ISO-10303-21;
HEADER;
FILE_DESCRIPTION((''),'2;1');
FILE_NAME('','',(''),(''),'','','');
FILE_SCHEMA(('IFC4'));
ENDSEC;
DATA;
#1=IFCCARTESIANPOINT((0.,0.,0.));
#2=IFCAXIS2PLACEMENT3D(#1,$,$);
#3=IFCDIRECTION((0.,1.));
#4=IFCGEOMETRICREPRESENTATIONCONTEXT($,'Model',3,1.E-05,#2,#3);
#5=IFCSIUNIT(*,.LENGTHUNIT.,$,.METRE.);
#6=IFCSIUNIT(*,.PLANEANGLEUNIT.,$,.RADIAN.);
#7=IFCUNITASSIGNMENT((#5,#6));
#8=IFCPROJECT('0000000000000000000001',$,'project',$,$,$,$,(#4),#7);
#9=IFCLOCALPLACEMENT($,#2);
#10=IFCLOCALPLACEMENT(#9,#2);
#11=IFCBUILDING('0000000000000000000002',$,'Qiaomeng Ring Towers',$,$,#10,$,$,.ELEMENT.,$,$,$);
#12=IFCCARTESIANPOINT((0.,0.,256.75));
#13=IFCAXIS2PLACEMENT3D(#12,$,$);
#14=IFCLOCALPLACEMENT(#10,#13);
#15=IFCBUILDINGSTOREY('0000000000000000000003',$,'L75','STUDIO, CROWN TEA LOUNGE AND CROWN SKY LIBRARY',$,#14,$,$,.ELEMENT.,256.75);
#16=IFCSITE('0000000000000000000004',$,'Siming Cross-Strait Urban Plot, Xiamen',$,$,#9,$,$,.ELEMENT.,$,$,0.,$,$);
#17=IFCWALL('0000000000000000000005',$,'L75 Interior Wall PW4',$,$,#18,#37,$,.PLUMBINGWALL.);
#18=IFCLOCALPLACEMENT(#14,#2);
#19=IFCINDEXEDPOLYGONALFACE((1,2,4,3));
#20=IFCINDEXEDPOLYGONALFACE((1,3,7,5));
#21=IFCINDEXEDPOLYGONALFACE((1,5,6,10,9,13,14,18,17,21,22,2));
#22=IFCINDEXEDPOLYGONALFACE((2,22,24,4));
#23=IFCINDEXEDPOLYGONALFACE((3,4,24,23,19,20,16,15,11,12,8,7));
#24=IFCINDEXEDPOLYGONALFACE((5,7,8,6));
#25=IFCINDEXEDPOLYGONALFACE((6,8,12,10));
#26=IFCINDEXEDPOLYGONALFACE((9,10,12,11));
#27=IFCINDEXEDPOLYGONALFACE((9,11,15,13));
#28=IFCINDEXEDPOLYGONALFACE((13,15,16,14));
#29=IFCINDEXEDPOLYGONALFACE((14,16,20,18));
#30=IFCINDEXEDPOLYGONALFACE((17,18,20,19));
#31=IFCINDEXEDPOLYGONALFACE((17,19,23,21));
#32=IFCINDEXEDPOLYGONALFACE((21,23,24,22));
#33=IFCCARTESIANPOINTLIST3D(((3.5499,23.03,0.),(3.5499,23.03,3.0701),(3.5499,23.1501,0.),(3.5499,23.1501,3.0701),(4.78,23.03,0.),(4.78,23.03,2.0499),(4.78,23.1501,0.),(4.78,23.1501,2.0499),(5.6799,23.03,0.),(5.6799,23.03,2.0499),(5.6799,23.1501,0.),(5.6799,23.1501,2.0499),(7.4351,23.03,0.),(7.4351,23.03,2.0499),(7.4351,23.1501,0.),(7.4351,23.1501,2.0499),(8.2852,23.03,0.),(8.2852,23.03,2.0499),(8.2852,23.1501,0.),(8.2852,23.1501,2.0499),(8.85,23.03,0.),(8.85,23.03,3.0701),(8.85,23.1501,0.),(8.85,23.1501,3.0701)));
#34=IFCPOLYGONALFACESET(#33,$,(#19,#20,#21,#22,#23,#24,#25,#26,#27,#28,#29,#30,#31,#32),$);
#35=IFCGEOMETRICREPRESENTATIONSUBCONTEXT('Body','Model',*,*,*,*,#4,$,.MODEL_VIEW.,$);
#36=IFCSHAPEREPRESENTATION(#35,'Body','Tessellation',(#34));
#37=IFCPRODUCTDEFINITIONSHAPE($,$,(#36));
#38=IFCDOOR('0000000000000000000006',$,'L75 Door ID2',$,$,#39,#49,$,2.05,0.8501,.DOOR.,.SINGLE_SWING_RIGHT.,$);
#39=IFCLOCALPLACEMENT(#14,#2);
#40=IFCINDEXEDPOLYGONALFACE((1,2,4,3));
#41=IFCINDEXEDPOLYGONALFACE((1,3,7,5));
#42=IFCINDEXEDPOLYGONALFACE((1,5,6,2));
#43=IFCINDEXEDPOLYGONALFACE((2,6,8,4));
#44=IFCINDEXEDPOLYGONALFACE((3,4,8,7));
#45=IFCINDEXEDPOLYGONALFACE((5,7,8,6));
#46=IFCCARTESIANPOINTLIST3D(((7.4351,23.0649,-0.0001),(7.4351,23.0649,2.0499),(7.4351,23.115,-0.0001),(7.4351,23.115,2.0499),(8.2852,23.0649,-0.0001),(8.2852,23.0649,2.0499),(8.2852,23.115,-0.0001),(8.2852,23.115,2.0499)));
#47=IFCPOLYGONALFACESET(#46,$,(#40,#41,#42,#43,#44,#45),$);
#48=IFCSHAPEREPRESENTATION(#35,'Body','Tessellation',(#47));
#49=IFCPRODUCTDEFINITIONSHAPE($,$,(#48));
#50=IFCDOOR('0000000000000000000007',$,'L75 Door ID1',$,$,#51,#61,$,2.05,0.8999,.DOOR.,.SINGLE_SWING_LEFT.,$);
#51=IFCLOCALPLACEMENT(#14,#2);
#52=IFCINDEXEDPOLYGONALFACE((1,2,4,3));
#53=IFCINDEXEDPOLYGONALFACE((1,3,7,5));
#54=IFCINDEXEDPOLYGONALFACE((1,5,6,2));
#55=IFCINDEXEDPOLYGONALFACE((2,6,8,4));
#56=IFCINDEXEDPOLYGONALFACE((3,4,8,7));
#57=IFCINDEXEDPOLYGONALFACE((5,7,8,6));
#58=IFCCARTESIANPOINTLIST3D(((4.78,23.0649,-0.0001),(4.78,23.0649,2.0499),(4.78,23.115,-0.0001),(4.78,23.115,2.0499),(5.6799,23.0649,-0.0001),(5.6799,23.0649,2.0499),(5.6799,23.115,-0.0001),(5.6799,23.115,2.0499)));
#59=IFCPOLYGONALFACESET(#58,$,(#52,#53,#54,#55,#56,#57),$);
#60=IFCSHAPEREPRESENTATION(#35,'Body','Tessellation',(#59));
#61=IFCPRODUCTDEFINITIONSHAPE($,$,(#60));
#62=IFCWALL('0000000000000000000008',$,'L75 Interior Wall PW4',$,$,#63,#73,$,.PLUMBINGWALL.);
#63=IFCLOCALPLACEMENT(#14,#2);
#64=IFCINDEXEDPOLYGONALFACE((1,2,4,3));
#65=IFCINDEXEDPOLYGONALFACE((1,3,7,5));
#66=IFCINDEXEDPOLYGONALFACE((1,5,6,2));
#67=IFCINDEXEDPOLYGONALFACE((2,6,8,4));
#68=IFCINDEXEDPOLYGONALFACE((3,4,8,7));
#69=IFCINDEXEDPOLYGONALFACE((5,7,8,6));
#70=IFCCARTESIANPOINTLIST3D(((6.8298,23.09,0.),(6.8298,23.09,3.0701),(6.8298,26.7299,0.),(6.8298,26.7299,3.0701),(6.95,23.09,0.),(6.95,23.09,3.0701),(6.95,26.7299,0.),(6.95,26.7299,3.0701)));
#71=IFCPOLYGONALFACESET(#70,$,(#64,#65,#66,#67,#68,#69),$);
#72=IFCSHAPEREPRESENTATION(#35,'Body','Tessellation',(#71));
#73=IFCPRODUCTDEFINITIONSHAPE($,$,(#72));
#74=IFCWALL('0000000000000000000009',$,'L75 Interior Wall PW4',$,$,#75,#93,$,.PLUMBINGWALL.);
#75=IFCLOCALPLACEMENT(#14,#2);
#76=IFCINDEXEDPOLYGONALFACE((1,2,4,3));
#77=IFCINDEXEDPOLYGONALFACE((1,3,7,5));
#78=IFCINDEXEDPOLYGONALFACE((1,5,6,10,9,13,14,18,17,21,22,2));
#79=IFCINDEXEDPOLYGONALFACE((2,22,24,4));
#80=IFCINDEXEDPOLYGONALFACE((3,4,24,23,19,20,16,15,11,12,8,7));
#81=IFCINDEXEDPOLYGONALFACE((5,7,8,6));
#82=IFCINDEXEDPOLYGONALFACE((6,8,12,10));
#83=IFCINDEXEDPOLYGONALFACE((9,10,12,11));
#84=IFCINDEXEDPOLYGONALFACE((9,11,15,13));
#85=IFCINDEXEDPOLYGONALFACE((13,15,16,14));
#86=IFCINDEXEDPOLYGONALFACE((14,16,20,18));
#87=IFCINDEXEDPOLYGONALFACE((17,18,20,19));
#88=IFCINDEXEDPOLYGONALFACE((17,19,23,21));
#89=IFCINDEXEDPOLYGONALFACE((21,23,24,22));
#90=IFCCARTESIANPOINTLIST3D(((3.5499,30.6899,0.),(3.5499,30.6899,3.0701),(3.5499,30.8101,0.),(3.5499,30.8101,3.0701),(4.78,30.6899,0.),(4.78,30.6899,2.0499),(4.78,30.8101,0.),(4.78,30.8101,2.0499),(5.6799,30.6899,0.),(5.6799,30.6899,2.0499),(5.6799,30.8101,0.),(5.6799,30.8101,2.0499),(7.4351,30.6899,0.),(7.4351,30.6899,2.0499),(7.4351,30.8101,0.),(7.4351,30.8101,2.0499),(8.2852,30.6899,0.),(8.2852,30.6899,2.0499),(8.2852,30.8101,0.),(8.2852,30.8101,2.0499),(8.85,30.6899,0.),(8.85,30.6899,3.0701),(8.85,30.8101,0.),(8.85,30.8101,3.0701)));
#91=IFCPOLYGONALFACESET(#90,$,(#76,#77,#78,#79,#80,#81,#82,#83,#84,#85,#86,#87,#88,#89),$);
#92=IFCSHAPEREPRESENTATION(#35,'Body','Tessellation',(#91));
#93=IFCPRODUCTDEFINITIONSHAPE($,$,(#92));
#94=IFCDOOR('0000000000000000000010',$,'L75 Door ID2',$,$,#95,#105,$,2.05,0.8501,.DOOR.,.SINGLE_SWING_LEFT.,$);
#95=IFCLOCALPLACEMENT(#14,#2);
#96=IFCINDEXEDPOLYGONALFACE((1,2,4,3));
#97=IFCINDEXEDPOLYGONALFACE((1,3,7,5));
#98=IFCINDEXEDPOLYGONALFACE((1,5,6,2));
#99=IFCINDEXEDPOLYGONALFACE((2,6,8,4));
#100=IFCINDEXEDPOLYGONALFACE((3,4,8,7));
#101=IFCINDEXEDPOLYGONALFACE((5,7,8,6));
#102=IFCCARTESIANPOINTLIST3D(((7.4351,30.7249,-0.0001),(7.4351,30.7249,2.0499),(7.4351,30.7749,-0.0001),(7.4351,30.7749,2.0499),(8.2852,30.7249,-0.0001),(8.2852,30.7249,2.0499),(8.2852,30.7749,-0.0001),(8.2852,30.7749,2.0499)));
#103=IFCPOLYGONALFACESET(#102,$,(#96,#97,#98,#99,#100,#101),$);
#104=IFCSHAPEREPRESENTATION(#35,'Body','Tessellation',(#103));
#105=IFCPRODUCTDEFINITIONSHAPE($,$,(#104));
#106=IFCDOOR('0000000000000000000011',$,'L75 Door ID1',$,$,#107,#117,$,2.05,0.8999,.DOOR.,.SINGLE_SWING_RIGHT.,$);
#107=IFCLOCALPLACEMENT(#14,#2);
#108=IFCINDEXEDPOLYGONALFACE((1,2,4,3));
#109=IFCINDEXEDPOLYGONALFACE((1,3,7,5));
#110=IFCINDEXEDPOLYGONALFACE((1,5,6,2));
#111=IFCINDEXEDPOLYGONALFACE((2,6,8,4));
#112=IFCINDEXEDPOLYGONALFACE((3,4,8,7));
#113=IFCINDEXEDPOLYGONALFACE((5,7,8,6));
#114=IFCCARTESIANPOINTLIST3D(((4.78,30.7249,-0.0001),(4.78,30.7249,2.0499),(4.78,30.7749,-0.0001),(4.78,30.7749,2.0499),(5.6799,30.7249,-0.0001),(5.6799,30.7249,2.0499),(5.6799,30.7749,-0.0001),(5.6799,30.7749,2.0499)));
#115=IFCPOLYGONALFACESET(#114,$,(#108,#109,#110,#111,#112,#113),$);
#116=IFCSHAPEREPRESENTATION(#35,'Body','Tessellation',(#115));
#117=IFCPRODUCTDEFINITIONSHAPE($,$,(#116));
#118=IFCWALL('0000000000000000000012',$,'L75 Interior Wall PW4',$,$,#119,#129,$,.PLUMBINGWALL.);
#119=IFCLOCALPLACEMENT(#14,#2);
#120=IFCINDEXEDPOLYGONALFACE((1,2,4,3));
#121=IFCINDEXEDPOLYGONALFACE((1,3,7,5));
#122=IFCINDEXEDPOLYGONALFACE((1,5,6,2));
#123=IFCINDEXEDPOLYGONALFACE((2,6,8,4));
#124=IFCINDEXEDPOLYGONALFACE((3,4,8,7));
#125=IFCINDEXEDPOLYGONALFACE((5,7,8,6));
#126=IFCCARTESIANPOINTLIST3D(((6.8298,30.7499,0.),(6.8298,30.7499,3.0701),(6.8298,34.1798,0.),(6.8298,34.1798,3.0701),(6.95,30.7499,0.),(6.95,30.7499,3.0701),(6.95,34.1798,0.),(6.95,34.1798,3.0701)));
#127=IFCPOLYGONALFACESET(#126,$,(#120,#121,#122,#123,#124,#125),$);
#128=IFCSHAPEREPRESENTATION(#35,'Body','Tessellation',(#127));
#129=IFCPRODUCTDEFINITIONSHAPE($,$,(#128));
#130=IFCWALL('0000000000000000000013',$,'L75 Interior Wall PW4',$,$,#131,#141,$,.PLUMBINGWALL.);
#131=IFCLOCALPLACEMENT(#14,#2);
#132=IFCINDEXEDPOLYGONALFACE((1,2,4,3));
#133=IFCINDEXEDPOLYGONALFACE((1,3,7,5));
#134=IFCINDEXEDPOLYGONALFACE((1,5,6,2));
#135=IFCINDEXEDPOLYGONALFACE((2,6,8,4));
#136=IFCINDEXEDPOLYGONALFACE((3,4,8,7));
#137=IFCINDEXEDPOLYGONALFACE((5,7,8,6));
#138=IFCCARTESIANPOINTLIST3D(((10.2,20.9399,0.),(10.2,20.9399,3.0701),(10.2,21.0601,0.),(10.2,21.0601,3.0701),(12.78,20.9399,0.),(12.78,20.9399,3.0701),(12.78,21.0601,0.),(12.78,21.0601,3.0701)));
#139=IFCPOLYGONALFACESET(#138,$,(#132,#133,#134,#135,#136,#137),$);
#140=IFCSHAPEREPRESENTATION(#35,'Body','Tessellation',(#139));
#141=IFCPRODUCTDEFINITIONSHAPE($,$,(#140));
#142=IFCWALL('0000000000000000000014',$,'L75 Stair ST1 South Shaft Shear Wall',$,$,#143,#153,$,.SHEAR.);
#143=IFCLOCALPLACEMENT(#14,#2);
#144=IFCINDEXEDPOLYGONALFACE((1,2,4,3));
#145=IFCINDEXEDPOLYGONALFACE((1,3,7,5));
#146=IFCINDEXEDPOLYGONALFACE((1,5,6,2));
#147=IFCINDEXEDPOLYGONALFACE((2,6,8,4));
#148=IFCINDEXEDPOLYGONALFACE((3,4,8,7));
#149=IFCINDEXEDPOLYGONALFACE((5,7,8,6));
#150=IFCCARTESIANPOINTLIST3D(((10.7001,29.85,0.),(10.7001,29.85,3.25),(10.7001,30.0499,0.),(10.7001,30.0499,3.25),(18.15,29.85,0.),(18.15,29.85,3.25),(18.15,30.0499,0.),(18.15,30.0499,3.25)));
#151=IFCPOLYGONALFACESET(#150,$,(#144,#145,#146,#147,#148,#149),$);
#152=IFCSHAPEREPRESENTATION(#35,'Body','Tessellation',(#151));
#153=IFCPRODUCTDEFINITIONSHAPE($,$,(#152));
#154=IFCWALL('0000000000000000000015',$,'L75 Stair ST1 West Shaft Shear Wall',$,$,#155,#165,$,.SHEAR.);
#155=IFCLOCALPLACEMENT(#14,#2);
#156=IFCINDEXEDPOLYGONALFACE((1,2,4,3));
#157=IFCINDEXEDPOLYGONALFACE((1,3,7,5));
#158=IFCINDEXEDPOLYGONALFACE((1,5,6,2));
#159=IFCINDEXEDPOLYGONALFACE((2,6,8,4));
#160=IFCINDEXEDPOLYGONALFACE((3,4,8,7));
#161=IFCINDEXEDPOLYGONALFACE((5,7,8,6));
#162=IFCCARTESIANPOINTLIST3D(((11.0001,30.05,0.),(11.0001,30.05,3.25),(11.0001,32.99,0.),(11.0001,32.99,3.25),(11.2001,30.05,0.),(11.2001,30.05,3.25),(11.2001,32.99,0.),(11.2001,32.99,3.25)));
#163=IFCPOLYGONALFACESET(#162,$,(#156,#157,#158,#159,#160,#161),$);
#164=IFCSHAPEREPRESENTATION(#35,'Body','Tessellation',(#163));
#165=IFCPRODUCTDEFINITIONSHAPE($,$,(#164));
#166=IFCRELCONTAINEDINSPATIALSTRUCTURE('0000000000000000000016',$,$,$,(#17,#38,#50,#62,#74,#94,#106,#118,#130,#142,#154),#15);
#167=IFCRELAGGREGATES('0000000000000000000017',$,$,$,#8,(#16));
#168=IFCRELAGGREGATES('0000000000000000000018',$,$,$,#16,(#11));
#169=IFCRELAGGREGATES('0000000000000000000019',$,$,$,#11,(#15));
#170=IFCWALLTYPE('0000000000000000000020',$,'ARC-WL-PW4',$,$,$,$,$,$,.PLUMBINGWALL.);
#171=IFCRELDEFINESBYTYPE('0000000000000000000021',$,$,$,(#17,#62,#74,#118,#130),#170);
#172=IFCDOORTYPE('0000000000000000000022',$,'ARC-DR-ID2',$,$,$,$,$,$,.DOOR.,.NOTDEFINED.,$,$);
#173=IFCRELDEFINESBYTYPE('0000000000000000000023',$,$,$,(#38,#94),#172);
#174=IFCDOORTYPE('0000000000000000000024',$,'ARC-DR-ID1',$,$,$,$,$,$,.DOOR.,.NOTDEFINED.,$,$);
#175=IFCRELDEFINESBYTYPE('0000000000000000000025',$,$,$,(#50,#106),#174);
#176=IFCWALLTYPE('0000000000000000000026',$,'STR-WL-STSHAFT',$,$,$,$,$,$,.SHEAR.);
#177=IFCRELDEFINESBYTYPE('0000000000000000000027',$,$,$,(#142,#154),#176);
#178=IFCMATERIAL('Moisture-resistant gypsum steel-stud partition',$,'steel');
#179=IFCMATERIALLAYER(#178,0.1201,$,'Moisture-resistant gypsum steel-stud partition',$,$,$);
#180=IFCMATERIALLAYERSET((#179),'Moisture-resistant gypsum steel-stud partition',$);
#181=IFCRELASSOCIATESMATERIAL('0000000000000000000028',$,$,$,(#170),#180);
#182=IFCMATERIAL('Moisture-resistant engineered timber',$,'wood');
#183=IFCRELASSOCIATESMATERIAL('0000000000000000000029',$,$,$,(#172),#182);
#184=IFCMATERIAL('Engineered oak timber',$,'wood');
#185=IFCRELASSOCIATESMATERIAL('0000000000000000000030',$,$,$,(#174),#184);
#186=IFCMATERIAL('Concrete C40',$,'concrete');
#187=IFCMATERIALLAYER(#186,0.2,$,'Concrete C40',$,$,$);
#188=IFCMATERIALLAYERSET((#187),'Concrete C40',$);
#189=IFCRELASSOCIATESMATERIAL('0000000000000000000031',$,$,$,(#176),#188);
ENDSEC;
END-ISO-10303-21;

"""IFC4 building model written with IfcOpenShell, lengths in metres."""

from ifc_helpers import new_model, si_unit, direction, frame, frame_2d, origin, place, context, subcontext, project, spatial, rectangle, extrude, source, transform, mapped, material, layer, layer_set, type_object, element, fill, save


model = new_model("IFC4")

# Units and contexts
model_context = context("Model", 3, precision=1e-05, world=origin(), true_north=direction((0.0, 1.0)))
body_context = subcontext(model_context, "Body", "Model", "MODEL_VIEW")
ifc_project = project(units=[si_unit("LENGTHUNIT", "METRE"), si_unit("PLANEANGLEUNIT", "RADIAN")], contexts=[model_context])

# Site, building, storey
site_placement = place(None, origin())
site = spatial("IfcSite", under=ifc_project, at=site_placement, Name="Siming Cross-Strait Urban Plot, Xiamen", CompositionType="ELEMENT", RefElevation=0.0)
building_placement = place(site_placement, origin())
building = spatial("IfcBuilding", under=site, at=building_placement, Name="Qiaomeng Ring Towers", CompositionType="ELEMENT")
storey_placement = place(building_placement, frame((0.0, 0.0, 256.75)))
storey = spatial("IfcBuildingStorey", under=building, at=storey_placement, Name="L75", Description="STUDIO, CROWN TEA LOUNGE AND CROWN SKY LIBRARY", CompositionType="ELEMENT", Elevation=256.75)

# Shared definitions
ifc_material_1 = material(Name="Concrete C40", Category="concrete")

# Wall, openings, doors
ifc_material_2 = material(Name="Moisture-resistant gypsum steel-stud partition", Category="steel")
ifc_layer_1 = layer(ifc_material_2, 0.1201, Name="Moisture-resistant gypsum steel-stud partition")
ifc_layer_set_1 = layer_set([ifc_layer_1], Name="Moisture-resistant gypsum steel-stud partition")
wall_type_1 = type_object("IfcWallType", Name="ARC-WL-PW4", PredefinedType="PLUMBINGWALL", material=ifc_layer_set_1)
wall_1_placement = place(storey_placement, frame((3.55, 23.0901, 0.0), z_axis=(0.0, 0.0, 1.0), x_axis=(1.0, 0.0, 0.0)))
wall_1 = element("IfcWall", 1, at=wall_1_placement, inside=storey, type_object=wall_type_1, Name="L75 Interior Wall PW4", PredefinedType="PLUMBINGWALL", context=body_context, shape_type="SweptSolid", body=[
    extrude(rectangle(XDim=5.3, YDim=0.1201, at=frame_2d((2.6499, 0.0))), origin(), (0.0, 0.0, 1.0), 3.0701),
])
opening_1_placement = place(wall_1_placement, frame((1.23, 0.0, 0.0)))
opening_1 = element("IfcOpeningElement", 2, at=opening_1_placement, cuts=wall_1, PredefinedType="OPENING", context=body_context, shape_type="SweptSolid", body=[
    extrude(rectangle(XDim=0.8999, YDim=2.05, at=frame_2d((0.45, 1.0249))), frame((0.0, 0.0701, 0.0), z_axis=(0.0, -1.0, 0.0), x_axis=(1.0, 0.0, 0.0)), (0.0, 0.0, 1.0), 0.1401),
])
opening_2_placement = place(wall_1_placement, frame((3.885, 0.0, 0.0)))
opening_2 = element("IfcOpeningElement", 3, at=opening_2_placement, cuts=wall_1, PredefinedType="OPENING", context=body_context, shape_type="SweptSolid", body=[
    extrude(rectangle(XDim=0.8501, YDim=2.05, at=frame_2d((0.425, 1.0249))), frame((0.0, 0.0701, 0.0), z_axis=(0.0, -1.0, 0.0), x_axis=(1.0, 0.0, 0.0)), (0.0, 0.0, 1.0), 0.1401),
])
ifc_material_3 = material(Name="Moisture-resistant engineered timber", Category="wood")
door_type_1 = type_object("IfcDoorType", Name="ARC-DR-ID2", OperationType="NOTDEFINED", PredefinedType="DOOR", material=ifc_material_3)
shared_shape_1 = source(origin(), body_context, "Body", "SweptSolid", [
    extrude(rectangle(XDim=0.8501, YDim=2.05, at=frame_2d((0.425, 1.0249))), frame((0.0, 0.0249, 0.0), z_axis=(0.0, -1.0, 0.0), x_axis=(1.0, 0.0, 0.0)), (0.0, 0.0, 1.0), 0.05),
])
door_1_placement = place(opening_2_placement, origin())
door_1 = element("IfcDoor", 4, at=door_1_placement, inside=storey, type_object=door_type_1, Name="L75 Door ID2", OperationType="SINGLE_SWING_RIGHT", OverallHeight=2.05, OverallWidth=0.8501, PredefinedType="DOOR", context=body_context, shape_type="MappedRepresentation", body=[
    mapped(shared_shape_1, transform((0.0, 0.0, 0.0), x_axis=(1.0, 0.0, 0.0), y_axis=(0.0, 1.0, 0.0), z_axis=(0.0, 0.0, 1.0), scale=1.0)),
])
fill(opening_2, door_1)
ifc_material_4 = material(Name="Engineered oak timber", Category="wood")
door_type_2 = type_object("IfcDoorType", Name="ARC-DR-ID1", OperationType="NOTDEFINED", PredefinedType="DOOR", material=ifc_material_4)
shared_shape_2 = source(origin(), body_context, "Body", "SweptSolid", [
    extrude(rectangle(XDim=0.8999, YDim=2.05, at=frame_2d((0.45, 1.0249))), frame((0.0, 0.0249, 0.0), z_axis=(0.0, -1.0, 0.0), x_axis=(1.0, 0.0, 0.0)), (0.0, 0.0, 1.0), 0.05),
])
door_2_placement = place(opening_1_placement, origin())
door_2 = element("IfcDoor", 5, at=door_2_placement, inside=storey, type_object=door_type_2, Name="L75 Door ID1", OperationType="SINGLE_SWING_LEFT", OverallHeight=2.05, OverallWidth=0.8999, PredefinedType="DOOR", context=body_context, shape_type="MappedRepresentation", body=[
    mapped(shared_shape_2, transform((0.0, 0.0, 0.0), x_axis=(1.0, 0.0, 0.0), y_axis=(0.0, 1.0, 0.0), z_axis=(0.0, 0.0, 1.0), scale=1.0)),
])
fill(opening_1, door_2)

# Wall
wall_2_placement = place(storey_placement, frame((6.8899, 23.0901, 0.0), z_axis=(0.0, 0.0, 1.0), x_axis=(0.0, 1.0, 0.0)))
element("IfcWall", 6, at=wall_2_placement, inside=storey, type_object=wall_type_1, Name="L75 Interior Wall PW4", PredefinedType="PLUMBINGWALL", context=body_context, shape_type="SweptSolid", body=[
    extrude(rectangle(XDim=3.6399, YDim=0.1201, at=frame_2d((1.8198, 0.0))), origin(), (0.0, 0.0, 1.0), 3.0701),
])

# Wall, openings, doors
wall_3_placement = place(storey_placement, frame((3.55, 30.75, 0.0), z_axis=(0.0, 0.0, 1.0), x_axis=(1.0, 0.0, 0.0)))
wall_3 = element("IfcWall", 7, at=wall_3_placement, inside=storey, type_object=wall_type_1, Name="L75 Interior Wall PW4", PredefinedType="PLUMBINGWALL", context=body_context, shape_type="SweptSolid", body=[
    extrude(rectangle(XDim=5.3, YDim=0.1201, at=frame_2d((2.6499, 0.0))), origin(), (0.0, 0.0, 1.0), 3.0701),
])
opening_3_placement = place(wall_3_placement, frame((1.23, 0.0, 0.0)))
opening_3 = element("IfcOpeningElement", 8, at=opening_3_placement, cuts=wall_3, PredefinedType="OPENING", context=body_context, shape_type="SweptSolid", body=[
    extrude(rectangle(XDim=0.8999, YDim=2.05, at=frame_2d((0.45, 1.0249))), frame((0.0, 0.0701, 0.0), z_axis=(0.0, -1.0, 0.0), x_axis=(1.0, 0.0, 0.0)), (0.0, 0.0, 1.0), 0.1401),
])
opening_4_placement = place(wall_3_placement, frame((3.885, 0.0, 0.0)))
opening_4 = element("IfcOpeningElement", 9, at=opening_4_placement, cuts=wall_3, PredefinedType="OPENING", context=body_context, shape_type="SweptSolid", body=[
    extrude(rectangle(XDim=0.8501, YDim=2.05, at=frame_2d((0.425, 1.0249))), frame((0.0, 0.0701, 0.0), z_axis=(0.0, -1.0, 0.0), x_axis=(1.0, 0.0, 0.0)), (0.0, 0.0, 1.0), 0.1401),
])
door_3_placement = place(opening_4_placement, origin())
door_3 = element("IfcDoor", 10, at=door_3_placement, inside=storey, type_object=door_type_1, Name="L75 Door ID2", OperationType="SINGLE_SWING_LEFT", OverallHeight=2.05, OverallWidth=0.8501, PredefinedType="DOOR", context=body_context, shape_type="MappedRepresentation", body=[
    mapped(shared_shape_1, transform((0.0, 0.0, 0.0), x_axis=(1.0, 0.0, 0.0), y_axis=(0.0, 1.0, 0.0), z_axis=(0.0, 0.0, 1.0), scale=1.0)),
])
fill(opening_4, door_3)
door_4_placement = place(opening_3_placement, origin())
door_4 = element("IfcDoor", 11, at=door_4_placement, inside=storey, type_object=door_type_2, Name="L75 Door ID1", OperationType="SINGLE_SWING_RIGHT", OverallHeight=2.05, OverallWidth=0.8999, PredefinedType="DOOR", context=body_context, shape_type="MappedRepresentation", body=[
    mapped(shared_shape_2, transform((0.0, 0.0, 0.0), x_axis=(1.0, 0.0, 0.0), y_axis=(0.0, 1.0, 0.0), z_axis=(0.0, 0.0, 1.0), scale=1.0)),
])
fill(opening_3, door_4)

# Walls
wall_4_placement = place(storey_placement, frame((6.8899, 30.75, 0.0), z_axis=(0.0, 0.0, 1.0), x_axis=(0.0, 1.0, 0.0)))
element("IfcWall", 12, at=wall_4_placement, inside=storey, type_object=wall_type_1, Name="L75 Interior Wall PW4", PredefinedType="PLUMBINGWALL", context=body_context, shape_type="SweptSolid", body=[
    extrude(rectangle(XDim=3.4299, YDim=0.1201, at=frame_2d((1.7148, 0.0))), origin(), (0.0, 0.0, 1.0), 3.0701),
])
wall_5_placement = place(storey_placement, frame((10.2, 21.0, 0.0), z_axis=(0.0, 0.0, 1.0), x_axis=(1.0, 0.0, 0.0)))
element("IfcWall", 13, at=wall_5_placement, inside=storey, type_object=wall_type_1, Name="L75 Interior Wall PW4", PredefinedType="PLUMBINGWALL", context=body_context, shape_type="SweptSolid", body=[
    extrude(rectangle(XDim=2.5801, YDim=0.1201, at=frame_2d((1.29, 0.0))), origin(), (0.0, 0.0, 1.0), 3.0701),
])
ifc_layer_2 = layer(ifc_material_1, 0.2, Name="Concrete C40")
ifc_layer_set_2 = layer_set([ifc_layer_2], Name="Concrete C40")
wall_type_2 = type_object("IfcWallType", Name="STR-WL-STSHAFT", PredefinedType="SHEAR", material=ifc_layer_set_2)
wall_6_placement = place(storey_placement, frame((10.7, 29.95, 0.0), z_axis=(0.0, 0.0, 1.0), x_axis=(1.0, 0.0, 0.0)))
element("IfcWall", 14, at=wall_6_placement, inside=storey, type_object=wall_type_2, Name="L75 Stair ST1 South Shaft Shear Wall", PredefinedType="SHEAR", context=body_context, shape_type="SweptSolid", body=[
    extrude(rectangle(XDim=7.45, YDim=0.2, at=frame_2d((3.7251, 0.0))), origin(), (0.0, 0.0, 1.0), 3.25),
])
wall_7_placement = place(storey_placement, frame((11.1001, 30.05, 0.0), z_axis=(0.0, 0.0, 1.0), x_axis=(0.0, 1.0, 0.0)))
element("IfcWall", 15, at=wall_7_placement, inside=storey, type_object=wall_type_2, Name="L75 Stair ST1 West Shaft Shear Wall", PredefinedType="SHEAR", context=body_context, shape_type="SweptSolid", body=[
    extrude(rectangle(XDim=2.9399, YDim=0.2, at=frame_2d((1.47, 0.0))), origin(), (0.0, 0.0, 1.0), 3.25),
])

save(model, "model.ifc")
